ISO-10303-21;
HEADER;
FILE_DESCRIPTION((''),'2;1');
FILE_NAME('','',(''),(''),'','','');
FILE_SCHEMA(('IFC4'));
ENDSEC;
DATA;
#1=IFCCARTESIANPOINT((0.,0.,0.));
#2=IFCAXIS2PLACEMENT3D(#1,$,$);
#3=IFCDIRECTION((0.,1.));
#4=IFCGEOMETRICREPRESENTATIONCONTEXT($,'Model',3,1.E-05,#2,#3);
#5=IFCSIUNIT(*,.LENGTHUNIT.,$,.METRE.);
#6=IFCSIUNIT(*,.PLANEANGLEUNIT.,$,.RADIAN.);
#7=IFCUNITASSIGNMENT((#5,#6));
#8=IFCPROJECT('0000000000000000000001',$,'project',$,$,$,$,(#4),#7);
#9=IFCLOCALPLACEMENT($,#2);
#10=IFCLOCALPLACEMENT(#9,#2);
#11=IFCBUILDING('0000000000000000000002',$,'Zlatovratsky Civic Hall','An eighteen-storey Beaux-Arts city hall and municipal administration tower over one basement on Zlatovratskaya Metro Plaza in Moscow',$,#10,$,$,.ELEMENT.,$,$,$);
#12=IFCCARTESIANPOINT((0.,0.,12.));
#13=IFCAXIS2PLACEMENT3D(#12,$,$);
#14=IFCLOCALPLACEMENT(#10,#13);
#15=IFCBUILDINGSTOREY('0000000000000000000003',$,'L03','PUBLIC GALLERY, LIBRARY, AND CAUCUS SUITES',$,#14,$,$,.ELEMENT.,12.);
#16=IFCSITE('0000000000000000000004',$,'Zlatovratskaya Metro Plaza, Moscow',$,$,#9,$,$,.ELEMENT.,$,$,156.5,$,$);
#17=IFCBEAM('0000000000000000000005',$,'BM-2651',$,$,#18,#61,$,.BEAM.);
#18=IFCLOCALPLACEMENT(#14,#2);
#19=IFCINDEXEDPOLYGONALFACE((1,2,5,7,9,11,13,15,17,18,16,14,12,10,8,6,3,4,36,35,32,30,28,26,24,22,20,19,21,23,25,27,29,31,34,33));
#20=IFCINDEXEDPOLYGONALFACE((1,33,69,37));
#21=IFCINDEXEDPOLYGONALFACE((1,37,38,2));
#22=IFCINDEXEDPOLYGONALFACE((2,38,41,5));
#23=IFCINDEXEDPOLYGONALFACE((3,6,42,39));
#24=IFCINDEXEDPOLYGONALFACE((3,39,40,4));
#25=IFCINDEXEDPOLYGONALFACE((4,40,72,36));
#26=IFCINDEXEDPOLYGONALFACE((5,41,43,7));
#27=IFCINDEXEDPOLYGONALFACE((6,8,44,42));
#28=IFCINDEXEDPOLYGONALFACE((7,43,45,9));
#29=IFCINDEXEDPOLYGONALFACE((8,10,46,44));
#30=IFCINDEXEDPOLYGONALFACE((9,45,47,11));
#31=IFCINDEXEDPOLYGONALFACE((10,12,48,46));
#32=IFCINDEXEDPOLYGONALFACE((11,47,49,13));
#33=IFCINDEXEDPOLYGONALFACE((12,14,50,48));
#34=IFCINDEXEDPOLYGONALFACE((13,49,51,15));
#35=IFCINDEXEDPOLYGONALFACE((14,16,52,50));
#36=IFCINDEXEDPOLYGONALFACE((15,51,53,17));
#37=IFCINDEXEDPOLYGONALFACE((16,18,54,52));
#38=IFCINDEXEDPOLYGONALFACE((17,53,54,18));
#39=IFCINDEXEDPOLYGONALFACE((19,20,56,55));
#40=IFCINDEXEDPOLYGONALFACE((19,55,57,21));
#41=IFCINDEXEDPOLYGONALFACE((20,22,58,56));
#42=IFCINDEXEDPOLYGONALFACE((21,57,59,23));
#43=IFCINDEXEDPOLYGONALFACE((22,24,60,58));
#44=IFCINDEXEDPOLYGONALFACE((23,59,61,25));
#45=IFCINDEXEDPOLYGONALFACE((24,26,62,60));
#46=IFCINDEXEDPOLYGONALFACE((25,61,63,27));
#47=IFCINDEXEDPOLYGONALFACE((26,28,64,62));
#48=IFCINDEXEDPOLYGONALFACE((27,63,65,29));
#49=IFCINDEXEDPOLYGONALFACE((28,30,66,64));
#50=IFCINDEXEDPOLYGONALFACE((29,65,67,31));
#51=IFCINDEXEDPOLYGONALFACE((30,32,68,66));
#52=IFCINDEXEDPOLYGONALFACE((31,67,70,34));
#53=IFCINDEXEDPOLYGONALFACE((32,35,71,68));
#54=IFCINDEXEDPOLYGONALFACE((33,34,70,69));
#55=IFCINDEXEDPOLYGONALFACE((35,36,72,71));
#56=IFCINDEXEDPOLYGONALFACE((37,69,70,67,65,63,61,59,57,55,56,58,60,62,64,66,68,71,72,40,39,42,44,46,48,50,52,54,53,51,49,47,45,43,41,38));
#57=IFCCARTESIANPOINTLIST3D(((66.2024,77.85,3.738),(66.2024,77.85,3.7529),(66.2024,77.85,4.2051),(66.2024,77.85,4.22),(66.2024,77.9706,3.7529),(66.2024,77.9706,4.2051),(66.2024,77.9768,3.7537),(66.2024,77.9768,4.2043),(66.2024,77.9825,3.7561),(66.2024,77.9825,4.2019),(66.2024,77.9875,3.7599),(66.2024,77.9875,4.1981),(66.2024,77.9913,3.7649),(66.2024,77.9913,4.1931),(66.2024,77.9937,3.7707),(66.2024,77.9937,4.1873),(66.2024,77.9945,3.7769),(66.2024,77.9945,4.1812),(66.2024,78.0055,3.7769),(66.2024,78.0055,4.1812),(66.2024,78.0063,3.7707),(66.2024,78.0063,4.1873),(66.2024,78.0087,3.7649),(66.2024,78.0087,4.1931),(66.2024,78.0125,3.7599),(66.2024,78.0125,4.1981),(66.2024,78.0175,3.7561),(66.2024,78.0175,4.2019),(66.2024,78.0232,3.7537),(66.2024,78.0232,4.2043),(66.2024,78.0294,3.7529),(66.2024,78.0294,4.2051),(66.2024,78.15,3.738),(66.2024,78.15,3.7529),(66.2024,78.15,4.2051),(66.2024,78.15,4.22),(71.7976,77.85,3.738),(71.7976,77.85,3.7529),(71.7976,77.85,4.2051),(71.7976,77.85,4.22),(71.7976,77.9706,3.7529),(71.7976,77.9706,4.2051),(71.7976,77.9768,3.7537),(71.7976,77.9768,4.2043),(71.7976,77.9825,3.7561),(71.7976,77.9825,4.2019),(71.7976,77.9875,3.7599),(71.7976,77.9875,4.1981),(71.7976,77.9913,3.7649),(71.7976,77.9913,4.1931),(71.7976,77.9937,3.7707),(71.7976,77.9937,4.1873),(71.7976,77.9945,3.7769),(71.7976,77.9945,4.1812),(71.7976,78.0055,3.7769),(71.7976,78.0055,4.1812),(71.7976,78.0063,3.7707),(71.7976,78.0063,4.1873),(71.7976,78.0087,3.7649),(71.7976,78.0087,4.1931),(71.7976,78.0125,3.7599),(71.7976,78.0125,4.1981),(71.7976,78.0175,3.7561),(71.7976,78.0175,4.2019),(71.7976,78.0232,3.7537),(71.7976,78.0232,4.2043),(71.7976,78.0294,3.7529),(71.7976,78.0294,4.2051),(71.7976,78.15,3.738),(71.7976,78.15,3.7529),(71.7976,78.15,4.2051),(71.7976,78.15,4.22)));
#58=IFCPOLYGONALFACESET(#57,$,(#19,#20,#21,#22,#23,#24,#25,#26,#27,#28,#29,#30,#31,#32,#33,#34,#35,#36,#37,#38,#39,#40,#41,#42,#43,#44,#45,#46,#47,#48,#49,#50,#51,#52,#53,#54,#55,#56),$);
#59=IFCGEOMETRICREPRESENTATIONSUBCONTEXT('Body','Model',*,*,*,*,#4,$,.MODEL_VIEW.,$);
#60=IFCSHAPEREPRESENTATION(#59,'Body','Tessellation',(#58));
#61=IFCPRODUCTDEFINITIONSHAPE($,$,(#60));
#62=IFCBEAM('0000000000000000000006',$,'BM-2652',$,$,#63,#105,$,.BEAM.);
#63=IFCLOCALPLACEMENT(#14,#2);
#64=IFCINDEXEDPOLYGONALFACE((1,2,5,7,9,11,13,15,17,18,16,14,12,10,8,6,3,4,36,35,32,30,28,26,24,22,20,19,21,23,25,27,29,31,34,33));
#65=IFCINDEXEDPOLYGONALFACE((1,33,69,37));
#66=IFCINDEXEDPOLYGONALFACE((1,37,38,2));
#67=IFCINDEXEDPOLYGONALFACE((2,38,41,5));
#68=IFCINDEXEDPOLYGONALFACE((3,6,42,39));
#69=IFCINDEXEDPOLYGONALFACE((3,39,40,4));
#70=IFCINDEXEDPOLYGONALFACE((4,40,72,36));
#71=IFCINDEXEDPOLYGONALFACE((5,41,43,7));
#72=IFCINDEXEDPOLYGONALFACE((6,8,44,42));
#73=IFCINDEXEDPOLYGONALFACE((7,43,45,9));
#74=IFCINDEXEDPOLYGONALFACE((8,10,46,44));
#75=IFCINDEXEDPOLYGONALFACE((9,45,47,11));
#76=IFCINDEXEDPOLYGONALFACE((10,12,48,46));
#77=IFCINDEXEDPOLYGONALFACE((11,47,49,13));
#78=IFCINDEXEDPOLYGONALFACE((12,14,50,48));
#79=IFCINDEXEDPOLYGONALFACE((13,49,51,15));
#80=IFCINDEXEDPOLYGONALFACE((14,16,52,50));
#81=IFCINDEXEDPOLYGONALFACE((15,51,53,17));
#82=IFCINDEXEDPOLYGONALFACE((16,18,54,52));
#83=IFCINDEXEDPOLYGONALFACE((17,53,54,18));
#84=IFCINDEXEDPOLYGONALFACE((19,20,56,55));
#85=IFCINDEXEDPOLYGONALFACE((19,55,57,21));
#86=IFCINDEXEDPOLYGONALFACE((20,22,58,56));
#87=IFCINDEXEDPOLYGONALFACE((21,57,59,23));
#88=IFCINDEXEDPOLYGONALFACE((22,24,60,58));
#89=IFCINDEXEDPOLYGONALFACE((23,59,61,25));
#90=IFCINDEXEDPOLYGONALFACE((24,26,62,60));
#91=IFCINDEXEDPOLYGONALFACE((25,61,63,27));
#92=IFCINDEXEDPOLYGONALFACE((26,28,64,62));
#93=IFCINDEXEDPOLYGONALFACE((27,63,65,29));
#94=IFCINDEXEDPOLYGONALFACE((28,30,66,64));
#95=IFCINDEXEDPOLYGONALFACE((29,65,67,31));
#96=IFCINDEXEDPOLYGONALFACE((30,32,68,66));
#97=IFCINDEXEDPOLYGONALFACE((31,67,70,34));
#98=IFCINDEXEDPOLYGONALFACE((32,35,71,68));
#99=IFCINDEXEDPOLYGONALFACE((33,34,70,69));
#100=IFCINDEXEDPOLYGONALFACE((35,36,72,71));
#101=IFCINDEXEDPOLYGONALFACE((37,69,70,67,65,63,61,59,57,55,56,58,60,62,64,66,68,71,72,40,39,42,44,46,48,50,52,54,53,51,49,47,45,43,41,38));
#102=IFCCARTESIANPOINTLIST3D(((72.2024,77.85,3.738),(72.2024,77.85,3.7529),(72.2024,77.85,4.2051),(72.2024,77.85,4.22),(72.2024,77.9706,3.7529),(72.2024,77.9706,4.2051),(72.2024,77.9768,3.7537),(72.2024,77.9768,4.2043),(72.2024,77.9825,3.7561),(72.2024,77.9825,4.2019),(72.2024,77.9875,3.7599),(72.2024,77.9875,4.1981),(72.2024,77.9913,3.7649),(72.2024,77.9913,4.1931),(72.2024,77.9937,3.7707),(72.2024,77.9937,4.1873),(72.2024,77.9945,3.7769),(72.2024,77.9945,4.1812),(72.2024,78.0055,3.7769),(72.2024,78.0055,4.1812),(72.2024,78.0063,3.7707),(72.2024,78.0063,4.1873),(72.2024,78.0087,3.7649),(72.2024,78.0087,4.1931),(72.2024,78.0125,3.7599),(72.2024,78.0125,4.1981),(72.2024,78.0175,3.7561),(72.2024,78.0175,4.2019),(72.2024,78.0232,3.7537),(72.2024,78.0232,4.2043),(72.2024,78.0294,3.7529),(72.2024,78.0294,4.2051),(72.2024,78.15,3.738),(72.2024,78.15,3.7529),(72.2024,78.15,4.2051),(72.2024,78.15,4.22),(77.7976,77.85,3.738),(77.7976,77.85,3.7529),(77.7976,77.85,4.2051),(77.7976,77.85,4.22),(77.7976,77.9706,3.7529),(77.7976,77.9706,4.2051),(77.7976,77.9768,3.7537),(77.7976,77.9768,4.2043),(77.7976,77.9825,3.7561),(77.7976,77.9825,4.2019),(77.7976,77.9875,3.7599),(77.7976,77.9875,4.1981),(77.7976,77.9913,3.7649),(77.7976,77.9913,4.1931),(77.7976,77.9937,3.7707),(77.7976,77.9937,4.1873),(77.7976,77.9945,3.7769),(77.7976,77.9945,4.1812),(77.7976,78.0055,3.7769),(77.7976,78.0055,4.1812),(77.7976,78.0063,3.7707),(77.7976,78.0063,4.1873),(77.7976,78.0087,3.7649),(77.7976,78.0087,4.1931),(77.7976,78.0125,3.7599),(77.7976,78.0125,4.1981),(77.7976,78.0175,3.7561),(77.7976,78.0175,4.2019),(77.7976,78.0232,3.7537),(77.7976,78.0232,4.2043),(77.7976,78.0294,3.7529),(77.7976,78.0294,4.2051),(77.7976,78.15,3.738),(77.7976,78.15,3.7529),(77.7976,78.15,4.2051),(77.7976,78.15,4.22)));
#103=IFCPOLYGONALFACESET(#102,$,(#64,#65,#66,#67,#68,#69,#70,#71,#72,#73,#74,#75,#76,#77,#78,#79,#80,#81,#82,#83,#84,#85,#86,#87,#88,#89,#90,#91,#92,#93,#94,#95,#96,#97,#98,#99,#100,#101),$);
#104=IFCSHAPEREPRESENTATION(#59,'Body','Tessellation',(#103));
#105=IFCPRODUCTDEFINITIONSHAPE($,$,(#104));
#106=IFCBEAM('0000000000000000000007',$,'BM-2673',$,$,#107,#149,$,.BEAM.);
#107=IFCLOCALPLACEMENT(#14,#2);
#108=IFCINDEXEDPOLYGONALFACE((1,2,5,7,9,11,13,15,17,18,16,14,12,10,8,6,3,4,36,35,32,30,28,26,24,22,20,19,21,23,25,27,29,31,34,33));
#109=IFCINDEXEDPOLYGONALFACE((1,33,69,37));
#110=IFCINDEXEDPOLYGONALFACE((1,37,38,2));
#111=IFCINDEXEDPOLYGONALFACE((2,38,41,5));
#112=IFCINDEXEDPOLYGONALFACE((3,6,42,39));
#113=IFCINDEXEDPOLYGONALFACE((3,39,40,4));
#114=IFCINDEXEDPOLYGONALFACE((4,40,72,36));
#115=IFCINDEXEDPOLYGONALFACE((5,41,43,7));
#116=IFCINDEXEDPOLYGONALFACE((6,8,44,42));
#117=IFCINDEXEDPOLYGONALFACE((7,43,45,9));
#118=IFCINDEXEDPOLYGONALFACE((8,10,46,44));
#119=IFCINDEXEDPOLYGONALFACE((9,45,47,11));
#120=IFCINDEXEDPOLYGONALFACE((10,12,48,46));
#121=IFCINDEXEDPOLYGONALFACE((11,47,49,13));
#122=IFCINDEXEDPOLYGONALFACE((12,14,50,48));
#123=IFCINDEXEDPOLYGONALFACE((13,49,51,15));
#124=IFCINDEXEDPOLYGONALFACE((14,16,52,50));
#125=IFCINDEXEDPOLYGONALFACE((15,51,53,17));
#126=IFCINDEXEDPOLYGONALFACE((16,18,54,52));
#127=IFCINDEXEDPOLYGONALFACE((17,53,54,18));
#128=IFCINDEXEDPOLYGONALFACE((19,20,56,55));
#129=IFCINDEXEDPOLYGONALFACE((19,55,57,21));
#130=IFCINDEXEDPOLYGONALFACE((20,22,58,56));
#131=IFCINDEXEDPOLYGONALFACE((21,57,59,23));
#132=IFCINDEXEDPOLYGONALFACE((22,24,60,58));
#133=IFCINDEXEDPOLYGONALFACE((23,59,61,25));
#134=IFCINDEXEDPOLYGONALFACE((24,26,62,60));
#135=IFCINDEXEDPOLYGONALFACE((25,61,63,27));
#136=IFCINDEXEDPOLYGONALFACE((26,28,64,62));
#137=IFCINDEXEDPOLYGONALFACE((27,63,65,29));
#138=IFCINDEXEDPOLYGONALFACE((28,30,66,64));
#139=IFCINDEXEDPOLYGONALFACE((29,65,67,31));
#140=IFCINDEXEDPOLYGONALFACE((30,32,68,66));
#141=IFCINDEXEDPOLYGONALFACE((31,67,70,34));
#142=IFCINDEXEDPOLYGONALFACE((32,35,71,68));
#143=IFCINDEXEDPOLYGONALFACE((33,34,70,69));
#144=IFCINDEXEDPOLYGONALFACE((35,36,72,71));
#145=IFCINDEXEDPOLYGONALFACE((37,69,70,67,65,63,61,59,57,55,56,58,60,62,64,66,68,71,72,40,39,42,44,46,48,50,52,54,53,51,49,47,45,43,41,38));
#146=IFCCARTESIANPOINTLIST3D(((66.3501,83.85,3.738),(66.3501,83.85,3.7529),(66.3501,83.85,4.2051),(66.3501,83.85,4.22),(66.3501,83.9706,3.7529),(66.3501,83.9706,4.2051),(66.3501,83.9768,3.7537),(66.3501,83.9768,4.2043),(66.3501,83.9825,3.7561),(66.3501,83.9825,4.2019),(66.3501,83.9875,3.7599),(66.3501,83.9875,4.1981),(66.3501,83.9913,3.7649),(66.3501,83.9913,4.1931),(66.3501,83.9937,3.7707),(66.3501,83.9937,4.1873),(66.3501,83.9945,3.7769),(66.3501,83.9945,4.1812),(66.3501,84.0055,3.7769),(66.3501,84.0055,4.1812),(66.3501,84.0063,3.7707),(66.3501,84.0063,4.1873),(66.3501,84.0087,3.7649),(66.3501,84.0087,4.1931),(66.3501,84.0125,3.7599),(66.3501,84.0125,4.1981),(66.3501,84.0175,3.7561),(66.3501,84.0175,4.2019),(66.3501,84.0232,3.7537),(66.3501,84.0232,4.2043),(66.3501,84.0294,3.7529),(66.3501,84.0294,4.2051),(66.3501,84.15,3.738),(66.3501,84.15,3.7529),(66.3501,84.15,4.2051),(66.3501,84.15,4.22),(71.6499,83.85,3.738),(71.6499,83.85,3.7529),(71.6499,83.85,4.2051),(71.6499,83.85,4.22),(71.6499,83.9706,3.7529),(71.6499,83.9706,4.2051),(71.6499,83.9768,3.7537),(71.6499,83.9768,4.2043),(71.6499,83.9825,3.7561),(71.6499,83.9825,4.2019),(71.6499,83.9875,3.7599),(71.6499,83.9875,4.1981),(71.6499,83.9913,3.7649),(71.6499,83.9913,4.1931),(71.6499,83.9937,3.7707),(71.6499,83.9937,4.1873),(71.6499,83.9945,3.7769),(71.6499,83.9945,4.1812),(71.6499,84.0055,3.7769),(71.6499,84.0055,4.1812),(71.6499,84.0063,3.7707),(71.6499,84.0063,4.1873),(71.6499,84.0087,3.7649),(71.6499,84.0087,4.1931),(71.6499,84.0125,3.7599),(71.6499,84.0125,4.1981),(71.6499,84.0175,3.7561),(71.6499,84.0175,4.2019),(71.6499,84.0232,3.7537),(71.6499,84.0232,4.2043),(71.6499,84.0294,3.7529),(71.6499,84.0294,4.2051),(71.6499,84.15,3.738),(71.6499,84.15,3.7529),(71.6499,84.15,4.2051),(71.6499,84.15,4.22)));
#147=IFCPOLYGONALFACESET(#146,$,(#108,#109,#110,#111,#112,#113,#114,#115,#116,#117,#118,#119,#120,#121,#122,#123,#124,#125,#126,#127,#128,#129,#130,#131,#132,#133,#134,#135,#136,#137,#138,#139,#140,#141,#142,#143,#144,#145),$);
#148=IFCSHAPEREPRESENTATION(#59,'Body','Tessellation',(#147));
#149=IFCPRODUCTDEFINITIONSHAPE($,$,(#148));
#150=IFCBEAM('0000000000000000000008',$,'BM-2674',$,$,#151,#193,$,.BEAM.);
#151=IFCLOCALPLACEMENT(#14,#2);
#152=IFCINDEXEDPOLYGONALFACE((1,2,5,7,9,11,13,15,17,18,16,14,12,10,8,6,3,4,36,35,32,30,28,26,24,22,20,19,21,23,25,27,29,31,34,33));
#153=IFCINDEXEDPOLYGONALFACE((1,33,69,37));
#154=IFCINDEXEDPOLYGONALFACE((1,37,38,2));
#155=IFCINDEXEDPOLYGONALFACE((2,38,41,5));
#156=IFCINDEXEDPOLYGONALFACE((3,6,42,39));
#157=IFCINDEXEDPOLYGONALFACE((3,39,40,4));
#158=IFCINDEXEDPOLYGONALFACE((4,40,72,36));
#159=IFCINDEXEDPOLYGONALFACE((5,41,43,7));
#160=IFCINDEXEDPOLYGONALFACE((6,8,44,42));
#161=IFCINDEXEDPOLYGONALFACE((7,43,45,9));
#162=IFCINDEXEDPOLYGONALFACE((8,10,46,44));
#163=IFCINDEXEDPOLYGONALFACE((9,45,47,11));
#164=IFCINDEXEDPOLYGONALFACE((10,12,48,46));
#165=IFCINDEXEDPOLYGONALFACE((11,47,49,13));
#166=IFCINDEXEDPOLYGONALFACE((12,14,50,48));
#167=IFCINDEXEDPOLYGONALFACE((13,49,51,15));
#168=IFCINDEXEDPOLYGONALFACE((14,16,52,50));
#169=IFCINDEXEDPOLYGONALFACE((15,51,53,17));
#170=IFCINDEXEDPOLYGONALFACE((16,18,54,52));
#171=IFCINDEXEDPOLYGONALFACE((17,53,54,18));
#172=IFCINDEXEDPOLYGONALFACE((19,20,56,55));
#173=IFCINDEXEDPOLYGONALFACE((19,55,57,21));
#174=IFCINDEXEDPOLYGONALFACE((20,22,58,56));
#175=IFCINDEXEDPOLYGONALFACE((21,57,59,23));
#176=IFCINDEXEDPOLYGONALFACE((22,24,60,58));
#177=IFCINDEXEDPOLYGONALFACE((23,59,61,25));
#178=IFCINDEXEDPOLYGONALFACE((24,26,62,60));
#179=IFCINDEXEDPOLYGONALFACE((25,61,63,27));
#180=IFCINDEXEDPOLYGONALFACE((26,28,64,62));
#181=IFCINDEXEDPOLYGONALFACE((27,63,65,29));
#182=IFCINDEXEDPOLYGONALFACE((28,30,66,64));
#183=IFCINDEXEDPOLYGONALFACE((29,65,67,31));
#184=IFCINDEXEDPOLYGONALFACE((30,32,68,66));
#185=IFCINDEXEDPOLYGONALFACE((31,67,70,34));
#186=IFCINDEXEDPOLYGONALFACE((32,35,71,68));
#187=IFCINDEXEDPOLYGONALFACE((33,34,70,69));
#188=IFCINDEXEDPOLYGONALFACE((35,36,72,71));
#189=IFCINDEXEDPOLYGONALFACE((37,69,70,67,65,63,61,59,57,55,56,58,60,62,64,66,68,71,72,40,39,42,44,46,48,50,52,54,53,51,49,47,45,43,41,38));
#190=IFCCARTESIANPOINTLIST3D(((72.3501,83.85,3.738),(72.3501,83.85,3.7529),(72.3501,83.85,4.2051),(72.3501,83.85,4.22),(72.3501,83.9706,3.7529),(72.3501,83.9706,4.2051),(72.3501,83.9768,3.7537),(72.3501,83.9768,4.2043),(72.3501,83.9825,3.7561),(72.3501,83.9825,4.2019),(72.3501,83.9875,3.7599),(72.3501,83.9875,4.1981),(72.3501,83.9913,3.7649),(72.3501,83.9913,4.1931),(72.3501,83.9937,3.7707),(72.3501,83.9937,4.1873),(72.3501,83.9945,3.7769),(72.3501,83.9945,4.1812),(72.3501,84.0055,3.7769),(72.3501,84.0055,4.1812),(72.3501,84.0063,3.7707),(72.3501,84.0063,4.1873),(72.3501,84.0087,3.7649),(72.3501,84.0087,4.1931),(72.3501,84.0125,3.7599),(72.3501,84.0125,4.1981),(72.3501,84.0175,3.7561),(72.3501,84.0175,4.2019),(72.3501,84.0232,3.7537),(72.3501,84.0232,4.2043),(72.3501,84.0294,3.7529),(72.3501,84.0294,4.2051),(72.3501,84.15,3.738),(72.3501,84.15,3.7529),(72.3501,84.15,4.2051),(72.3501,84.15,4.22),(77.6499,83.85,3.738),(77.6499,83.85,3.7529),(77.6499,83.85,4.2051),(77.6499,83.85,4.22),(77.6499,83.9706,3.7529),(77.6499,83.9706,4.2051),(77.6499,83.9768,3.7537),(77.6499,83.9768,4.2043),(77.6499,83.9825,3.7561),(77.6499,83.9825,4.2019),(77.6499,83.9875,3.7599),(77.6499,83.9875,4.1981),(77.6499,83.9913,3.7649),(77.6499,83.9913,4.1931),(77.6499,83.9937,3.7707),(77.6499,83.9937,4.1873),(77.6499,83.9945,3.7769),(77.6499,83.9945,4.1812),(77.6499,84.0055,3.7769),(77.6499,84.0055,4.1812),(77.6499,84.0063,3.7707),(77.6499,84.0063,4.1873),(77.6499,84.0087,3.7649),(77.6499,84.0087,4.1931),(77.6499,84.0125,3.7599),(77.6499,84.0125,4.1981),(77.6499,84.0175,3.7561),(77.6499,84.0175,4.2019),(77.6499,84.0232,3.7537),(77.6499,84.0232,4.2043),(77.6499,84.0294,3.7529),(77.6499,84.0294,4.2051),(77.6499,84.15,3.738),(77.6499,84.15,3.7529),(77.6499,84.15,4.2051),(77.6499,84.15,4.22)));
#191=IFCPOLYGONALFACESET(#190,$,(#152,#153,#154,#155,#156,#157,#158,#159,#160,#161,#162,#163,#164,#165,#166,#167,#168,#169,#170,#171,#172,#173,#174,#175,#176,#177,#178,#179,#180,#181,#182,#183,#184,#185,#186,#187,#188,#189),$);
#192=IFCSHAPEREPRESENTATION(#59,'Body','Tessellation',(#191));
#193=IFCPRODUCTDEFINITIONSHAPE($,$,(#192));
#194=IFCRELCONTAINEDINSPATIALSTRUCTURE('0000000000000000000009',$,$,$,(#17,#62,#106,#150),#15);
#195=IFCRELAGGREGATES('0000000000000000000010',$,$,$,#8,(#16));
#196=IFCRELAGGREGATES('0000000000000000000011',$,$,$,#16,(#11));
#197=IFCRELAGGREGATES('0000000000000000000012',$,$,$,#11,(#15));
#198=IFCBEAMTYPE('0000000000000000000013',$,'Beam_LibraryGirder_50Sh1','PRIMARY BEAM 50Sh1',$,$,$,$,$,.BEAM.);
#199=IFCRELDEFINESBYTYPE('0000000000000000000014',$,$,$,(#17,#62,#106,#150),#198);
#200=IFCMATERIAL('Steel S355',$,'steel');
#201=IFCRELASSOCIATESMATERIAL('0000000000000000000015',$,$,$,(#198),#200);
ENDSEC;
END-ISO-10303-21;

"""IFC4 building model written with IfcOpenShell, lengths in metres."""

from ifc_helpers import new_model, si_unit, direction, frame, origin, origin_2d, place, context, subcontext, project, spatial, i_section, extrude, material, material_profile, profile_set, type_object, element, save


model = new_model("IFC4")

# Units and contexts
model_context = context("Model", 3, precision=1e-05, world=origin(), true_north=direction((0.0, 1.0)))
body_context = subcontext(model_context, "Body", "Model", "MODEL_VIEW")
ifc_project = project(units=[si_unit("LENGTHUNIT", "METRE"), si_unit("PLANEANGLEUNIT", "RADIAN")], contexts=[model_context])

# Site, building, storey
site_placement = place(None, origin())
site = spatial("IfcSite", under=ifc_project, at=site_placement, Name="Zlatovratskaya Metro Plaza, Moscow", CompositionType="ELEMENT", RefElevation=156.5)
building_placement = place(site_placement, origin())
building = spatial("IfcBuilding", under=site, at=building_placement, Name="Zlatovratsky Civic Hall", Description="An eighteen-storey Beaux-Arts city hall and municipal administration tower over one basement on Zlatovratskaya Metro Plaza in Moscow", CompositionType="ELEMENT")
storey_placement = place(building_placement, frame((0.0, 0.0, 12.0)))
storey = spatial("IfcBuildingStorey", under=building, at=storey_placement, Name="L03", Description="PUBLIC GALLERY, LIBRARY, AND CAUCUS SUITES", CompositionType="ELEMENT", Elevation=12.0)

# Shared definitions
ifc_material_1 = material(Name="Steel S355", Category="steel")

# Beams
ifc_material_profile_1 = material_profile(ifc_material_1, i_section(OverallWidth=0.3, OverallDepth=0.4819, WebThickness=0.011, FlangeThickness=0.0149, FilletRadius=0.0239, at=origin_2d()), Name="50Sh1")
ifc_profile_set_1 = profile_set([ifc_material_profile_1], Name="Steel S355")
beam_type = type_object("IfcBeamType", Name="Beam_LibraryGirder_50Sh1", Description="PRIMARY BEAM 50Sh1", PredefinedType="BEAM", material=ifc_profile_set_1)
for number, where, z_axis, x_axis, name in (
    (1, (66.2024, 78.0, 3.979), (1.0, 0.0, 0.0), (0.0, 1.0, 0.0), "BM-2651"),
    (2, (72.2024, 78.0, 3.979), (1.0, 0.0, 0.0), (0.0, 1.0, 0.0), "BM-2652"),
):
    element("IfcBeam", number, at=place(storey_placement, frame(where, z_axis=z_axis, x_axis=x_axis)), inside=storey, type_object=beam_type, Name=name, PredefinedType="BEAM", context=body_context, shape_type="SweptSolid", body=[
        extrude(i_section(OverallWidth=0.3, OverallDepth=0.4819, WebThickness=0.011, FlangeThickness=0.0149, FilletRadius=0.0239, at=origin_2d()), origin(), (0.0, 0.0, 1.0), 5.5952),
    ])
for number, where, z_axis, x_axis, name in (
    (3, (66.3501, 84.0, 3.979), (1.0, 0.0, 0.0), (0.0, 1.0, 0.0), "BM-2673"),
    (4, (72.3501, 84.0, 3.979), (1.0, 0.0, 0.0), (0.0, 1.0, 0.0), "BM-2674"),
):
    element("IfcBeam", number, at=place(storey_placement, frame(where, z_axis=z_axis, x_axis=x_axis)), inside=storey, type_object=beam_type, Name=name, PredefinedType="BEAM", context=body_context, shape_type="SweptSolid", body=[
        extrude(i_section(OverallWidth=0.3, OverallDepth=0.4819, WebThickness=0.011, FlangeThickness=0.0149, FilletRadius=0.0239, at=origin_2d()), origin(), (0.0, 0.0, 1.0), 5.2998),
    ])

save(model, "model.ifc")
